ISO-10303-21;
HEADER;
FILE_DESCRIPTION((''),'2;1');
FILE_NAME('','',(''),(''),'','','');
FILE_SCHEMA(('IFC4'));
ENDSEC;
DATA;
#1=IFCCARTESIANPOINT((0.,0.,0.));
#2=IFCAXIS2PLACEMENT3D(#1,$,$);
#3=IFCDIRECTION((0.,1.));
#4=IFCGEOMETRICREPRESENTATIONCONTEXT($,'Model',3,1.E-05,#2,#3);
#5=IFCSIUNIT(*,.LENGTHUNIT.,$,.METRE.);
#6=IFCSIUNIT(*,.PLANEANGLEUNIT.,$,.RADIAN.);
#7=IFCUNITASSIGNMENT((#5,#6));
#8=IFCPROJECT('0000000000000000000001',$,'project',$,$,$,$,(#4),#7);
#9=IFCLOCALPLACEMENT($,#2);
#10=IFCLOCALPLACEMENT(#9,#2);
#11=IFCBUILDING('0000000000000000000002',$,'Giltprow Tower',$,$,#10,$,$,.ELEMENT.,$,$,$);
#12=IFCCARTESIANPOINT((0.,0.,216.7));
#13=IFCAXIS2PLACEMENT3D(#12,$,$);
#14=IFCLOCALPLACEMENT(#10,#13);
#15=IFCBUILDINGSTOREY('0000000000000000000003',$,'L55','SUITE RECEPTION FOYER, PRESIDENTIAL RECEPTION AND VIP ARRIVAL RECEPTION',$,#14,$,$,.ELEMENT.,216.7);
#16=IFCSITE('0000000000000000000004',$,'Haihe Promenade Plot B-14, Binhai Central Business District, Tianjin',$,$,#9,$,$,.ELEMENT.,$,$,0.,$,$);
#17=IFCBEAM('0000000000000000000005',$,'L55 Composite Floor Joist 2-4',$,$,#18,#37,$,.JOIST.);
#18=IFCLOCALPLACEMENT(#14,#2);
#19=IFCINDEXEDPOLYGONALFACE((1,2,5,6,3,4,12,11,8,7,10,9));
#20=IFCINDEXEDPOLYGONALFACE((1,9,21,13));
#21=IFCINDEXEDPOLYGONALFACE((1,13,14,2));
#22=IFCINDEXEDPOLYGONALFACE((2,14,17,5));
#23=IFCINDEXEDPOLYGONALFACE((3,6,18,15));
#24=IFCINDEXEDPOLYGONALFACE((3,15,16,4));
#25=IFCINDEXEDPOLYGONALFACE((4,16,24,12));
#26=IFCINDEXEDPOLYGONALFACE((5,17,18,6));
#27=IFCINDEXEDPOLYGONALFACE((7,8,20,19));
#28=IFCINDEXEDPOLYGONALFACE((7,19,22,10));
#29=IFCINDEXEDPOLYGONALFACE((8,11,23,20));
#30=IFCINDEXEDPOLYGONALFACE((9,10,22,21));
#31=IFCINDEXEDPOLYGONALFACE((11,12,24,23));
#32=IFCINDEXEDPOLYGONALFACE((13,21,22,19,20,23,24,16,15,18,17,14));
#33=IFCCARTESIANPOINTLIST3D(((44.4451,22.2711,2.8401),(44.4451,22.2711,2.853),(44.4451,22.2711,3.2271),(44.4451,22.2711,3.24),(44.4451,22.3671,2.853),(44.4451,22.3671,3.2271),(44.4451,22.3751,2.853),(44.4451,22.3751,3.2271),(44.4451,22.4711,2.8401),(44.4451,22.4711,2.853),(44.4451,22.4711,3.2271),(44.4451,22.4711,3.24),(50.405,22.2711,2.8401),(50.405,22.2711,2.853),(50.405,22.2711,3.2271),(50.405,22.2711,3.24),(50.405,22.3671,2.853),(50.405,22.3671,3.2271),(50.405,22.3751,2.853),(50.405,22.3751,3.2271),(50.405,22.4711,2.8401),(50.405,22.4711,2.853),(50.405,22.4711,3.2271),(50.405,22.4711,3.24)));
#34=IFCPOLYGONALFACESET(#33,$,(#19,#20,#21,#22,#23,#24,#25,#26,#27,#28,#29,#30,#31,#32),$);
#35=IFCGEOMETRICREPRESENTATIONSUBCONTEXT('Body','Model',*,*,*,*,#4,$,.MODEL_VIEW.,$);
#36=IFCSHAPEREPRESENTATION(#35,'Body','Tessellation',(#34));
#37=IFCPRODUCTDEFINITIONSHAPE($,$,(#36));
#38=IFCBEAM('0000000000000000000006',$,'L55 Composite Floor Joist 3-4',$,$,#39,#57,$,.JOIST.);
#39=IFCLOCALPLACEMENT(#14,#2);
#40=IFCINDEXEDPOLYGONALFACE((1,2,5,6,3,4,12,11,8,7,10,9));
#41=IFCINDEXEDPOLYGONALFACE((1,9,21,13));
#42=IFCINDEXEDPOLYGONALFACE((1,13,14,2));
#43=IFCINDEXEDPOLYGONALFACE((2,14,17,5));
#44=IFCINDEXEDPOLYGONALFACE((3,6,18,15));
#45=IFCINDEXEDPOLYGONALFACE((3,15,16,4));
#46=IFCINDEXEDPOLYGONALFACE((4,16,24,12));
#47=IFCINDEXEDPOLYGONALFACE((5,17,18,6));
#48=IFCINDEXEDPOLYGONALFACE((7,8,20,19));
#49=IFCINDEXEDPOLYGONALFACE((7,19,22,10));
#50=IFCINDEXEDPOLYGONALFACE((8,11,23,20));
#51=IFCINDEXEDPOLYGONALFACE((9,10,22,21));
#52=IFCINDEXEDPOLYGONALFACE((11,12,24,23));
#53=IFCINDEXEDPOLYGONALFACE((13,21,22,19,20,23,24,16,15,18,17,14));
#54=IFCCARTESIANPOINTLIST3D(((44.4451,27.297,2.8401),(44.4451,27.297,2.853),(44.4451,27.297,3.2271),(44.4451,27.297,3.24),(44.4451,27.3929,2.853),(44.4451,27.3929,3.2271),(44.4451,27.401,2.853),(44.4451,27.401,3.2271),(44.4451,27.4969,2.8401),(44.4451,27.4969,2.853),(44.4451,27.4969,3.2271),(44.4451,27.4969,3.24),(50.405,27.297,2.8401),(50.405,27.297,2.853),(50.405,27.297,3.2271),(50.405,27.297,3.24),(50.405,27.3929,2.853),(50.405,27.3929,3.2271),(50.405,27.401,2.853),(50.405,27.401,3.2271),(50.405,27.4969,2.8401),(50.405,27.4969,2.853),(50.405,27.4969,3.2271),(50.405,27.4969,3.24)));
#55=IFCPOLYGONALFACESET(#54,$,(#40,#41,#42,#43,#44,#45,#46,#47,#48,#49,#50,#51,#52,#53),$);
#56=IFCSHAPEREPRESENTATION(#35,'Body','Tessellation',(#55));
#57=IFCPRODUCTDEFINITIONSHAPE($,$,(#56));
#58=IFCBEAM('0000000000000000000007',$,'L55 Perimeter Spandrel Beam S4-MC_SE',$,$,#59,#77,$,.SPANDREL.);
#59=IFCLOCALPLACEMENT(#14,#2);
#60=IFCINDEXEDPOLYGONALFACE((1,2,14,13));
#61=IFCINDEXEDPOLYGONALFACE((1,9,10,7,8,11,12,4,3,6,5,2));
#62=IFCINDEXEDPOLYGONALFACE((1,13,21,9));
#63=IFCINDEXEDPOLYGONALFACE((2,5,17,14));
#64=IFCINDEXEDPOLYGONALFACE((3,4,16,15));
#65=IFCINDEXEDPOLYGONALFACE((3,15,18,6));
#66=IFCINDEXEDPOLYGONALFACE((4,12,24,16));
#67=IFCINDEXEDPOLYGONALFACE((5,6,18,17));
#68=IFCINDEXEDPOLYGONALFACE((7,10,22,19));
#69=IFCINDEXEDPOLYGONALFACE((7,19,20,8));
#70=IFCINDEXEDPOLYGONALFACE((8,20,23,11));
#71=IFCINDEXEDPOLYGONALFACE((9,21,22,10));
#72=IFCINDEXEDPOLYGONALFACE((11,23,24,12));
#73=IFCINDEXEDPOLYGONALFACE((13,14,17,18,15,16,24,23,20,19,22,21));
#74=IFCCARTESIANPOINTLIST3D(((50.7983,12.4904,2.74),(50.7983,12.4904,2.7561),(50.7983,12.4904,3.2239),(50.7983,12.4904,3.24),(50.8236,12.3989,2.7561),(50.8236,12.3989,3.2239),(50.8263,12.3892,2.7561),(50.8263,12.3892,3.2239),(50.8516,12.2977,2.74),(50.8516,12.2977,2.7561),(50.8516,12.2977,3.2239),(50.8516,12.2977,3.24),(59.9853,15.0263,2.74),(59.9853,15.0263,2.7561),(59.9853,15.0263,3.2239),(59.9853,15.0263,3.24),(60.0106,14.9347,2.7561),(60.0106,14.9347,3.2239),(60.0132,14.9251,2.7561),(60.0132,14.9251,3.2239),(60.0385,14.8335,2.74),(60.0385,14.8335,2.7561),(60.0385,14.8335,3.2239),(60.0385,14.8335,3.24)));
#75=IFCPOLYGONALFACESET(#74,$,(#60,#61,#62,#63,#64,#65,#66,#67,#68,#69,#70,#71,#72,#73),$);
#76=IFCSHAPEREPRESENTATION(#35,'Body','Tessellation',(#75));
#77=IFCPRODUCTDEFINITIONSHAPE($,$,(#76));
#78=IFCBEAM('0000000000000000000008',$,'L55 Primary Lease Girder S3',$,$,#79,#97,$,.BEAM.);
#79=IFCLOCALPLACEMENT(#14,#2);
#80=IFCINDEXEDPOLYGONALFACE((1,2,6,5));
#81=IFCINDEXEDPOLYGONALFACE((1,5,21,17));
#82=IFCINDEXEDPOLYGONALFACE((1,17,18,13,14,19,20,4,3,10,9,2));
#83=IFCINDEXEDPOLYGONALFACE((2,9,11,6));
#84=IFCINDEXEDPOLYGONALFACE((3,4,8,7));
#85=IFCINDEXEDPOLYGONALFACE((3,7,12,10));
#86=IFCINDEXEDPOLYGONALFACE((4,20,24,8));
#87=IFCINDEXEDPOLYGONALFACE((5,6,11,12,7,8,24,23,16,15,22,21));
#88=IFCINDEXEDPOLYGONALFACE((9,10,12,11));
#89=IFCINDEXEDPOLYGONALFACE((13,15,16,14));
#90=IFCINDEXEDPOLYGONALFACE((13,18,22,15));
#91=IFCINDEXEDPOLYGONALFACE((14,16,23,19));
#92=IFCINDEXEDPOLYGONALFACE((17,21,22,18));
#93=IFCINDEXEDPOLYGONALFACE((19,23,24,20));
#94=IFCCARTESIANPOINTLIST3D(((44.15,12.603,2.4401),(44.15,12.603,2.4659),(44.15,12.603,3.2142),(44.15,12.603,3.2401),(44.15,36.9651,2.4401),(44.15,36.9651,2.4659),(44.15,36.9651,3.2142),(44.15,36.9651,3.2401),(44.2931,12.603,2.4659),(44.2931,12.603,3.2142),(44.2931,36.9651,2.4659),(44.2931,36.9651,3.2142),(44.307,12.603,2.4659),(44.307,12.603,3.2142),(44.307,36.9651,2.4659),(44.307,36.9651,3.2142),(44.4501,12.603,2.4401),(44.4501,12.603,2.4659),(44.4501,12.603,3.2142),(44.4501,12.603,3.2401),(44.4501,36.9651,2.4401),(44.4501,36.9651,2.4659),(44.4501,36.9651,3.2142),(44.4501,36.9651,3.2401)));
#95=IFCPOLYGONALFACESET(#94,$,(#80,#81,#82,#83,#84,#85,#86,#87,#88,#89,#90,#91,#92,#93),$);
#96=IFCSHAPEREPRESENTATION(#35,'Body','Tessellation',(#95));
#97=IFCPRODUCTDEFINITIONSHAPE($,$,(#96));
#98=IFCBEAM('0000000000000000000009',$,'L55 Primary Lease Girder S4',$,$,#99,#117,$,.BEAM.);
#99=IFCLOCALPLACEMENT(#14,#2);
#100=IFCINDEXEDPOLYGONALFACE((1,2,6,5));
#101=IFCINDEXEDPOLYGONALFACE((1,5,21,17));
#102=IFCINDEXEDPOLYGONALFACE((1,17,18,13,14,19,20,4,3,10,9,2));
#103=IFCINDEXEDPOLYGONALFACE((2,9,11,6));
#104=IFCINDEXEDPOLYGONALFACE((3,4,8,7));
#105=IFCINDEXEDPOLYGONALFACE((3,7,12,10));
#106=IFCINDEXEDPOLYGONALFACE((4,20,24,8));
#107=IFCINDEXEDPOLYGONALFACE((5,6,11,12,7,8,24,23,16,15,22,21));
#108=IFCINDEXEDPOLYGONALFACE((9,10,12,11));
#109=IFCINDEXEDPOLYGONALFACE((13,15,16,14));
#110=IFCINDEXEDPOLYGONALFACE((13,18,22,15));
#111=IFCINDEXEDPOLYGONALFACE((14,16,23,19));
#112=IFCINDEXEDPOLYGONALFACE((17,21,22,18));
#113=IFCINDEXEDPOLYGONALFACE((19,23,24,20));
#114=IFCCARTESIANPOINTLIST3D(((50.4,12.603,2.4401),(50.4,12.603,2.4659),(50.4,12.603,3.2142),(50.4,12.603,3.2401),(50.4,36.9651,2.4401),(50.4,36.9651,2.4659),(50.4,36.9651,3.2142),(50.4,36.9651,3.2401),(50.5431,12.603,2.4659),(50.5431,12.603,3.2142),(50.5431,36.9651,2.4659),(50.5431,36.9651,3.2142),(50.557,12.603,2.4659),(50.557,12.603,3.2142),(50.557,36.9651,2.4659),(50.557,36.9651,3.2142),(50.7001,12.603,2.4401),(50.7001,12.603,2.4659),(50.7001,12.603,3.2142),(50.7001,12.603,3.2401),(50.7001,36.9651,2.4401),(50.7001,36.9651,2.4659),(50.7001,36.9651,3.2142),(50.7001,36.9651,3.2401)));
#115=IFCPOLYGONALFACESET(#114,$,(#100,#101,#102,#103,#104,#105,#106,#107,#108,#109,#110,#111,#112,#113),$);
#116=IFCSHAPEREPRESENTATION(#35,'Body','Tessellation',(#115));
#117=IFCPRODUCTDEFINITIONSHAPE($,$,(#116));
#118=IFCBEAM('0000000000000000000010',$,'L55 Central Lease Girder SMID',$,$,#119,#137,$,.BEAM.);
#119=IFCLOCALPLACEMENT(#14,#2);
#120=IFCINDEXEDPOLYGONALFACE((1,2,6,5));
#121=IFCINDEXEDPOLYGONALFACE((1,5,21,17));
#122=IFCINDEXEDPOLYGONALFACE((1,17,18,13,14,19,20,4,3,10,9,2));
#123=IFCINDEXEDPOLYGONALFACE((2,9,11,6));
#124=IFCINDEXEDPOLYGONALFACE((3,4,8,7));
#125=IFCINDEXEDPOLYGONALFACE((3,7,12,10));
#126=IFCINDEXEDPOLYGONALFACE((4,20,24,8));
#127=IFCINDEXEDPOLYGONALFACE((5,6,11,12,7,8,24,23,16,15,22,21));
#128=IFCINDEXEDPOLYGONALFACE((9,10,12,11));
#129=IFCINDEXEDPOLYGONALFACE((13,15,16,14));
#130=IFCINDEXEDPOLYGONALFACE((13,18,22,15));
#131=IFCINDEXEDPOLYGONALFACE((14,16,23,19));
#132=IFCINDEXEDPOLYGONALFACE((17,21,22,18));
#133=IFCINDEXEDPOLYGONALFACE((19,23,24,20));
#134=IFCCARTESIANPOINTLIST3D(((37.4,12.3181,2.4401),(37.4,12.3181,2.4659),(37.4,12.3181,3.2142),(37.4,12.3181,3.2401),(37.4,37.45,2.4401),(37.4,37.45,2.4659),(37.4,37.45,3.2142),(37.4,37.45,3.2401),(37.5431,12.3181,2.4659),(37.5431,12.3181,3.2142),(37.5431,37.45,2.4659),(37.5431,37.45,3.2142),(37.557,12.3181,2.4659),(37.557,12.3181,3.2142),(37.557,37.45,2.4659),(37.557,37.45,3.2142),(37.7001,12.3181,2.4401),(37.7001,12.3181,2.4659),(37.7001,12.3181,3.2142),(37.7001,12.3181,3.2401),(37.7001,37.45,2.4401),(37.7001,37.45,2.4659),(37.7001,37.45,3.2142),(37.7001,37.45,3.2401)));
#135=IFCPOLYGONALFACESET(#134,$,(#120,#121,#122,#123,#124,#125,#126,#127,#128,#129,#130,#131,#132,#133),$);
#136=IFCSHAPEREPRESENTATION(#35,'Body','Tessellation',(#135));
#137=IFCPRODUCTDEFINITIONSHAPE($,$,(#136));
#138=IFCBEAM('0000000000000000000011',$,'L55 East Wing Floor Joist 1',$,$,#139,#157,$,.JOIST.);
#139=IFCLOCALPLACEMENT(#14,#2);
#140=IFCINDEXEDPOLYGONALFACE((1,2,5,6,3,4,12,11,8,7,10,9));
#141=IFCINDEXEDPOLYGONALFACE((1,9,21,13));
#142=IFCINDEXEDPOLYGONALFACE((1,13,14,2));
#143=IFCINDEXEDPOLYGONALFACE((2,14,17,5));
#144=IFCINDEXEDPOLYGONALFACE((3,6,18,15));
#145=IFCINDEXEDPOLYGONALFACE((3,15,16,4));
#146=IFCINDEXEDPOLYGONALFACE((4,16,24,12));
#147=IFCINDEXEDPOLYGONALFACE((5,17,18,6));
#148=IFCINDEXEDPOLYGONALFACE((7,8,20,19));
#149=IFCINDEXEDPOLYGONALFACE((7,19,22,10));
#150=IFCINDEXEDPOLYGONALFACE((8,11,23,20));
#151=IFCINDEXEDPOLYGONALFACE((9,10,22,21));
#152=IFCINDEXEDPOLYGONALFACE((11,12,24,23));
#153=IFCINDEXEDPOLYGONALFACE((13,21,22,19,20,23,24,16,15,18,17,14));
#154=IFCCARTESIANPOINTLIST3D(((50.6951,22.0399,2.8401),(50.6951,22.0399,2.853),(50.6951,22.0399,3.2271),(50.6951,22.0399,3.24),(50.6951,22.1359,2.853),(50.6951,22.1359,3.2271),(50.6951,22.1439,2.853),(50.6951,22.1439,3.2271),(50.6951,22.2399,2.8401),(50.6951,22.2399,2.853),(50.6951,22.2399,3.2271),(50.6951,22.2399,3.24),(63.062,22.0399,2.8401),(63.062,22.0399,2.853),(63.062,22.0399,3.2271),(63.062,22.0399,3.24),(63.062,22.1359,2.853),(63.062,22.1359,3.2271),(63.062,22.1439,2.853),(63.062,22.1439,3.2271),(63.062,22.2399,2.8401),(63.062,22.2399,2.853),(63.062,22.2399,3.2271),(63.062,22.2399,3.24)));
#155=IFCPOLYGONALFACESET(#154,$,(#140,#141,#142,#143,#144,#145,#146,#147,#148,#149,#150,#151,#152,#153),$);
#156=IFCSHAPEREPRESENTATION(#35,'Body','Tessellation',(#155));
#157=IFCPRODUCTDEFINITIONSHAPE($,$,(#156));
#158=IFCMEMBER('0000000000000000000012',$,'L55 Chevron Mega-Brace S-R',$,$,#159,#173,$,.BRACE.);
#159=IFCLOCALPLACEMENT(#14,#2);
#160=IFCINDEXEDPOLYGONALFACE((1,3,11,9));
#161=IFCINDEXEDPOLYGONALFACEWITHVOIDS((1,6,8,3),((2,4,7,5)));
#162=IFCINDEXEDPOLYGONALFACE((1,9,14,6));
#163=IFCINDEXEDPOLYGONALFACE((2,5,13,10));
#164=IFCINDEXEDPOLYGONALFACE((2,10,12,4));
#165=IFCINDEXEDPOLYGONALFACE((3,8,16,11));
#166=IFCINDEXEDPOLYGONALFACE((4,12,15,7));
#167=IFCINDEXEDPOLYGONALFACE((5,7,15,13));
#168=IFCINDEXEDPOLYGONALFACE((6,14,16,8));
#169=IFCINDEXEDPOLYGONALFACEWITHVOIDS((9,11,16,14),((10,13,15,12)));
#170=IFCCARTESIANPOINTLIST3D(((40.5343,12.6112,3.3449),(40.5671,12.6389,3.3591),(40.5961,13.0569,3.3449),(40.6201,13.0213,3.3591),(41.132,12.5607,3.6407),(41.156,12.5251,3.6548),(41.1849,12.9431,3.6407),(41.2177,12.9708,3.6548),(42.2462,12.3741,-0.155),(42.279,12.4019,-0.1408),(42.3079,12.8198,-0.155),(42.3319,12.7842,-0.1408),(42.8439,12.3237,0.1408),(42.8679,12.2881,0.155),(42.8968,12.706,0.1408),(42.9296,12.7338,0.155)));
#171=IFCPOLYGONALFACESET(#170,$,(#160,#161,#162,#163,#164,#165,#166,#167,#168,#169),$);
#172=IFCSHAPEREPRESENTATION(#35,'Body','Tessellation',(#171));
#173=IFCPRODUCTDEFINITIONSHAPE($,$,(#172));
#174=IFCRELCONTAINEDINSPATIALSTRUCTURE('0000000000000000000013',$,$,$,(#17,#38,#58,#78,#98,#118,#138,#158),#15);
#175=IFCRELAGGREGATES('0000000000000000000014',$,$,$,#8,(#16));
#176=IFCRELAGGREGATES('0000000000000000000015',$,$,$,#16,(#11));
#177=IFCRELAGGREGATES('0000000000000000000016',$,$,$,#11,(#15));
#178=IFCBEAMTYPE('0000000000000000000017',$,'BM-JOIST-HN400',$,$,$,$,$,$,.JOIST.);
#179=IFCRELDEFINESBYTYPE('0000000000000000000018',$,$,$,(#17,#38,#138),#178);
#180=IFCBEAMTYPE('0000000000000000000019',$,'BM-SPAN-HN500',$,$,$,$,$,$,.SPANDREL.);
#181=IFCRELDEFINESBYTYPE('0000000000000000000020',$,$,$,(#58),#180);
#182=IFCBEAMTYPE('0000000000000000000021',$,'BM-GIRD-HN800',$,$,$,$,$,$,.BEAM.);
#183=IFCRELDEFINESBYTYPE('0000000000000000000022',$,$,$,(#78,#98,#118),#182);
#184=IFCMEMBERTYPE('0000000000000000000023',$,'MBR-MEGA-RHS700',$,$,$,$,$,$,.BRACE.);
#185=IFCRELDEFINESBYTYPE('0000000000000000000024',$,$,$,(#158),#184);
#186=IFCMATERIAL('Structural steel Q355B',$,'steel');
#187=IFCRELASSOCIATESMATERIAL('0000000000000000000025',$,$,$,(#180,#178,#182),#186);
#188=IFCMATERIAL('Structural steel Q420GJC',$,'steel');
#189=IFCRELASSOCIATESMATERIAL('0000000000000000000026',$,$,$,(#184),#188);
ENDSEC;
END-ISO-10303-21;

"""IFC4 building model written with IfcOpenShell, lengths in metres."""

from ifc_helpers import new_model, si_unit, direction, frame, origin, origin_2d, place, context, subcontext, project, spatial, hollow_rectangle, i_section, extrude, source, transform, mapped, material, material_profile, profile_set, type_object, element, save


model = new_model("IFC4")

# Units and contexts
model_context = context("Model", 3, precision=1e-05, world=origin(), true_north=direction((0.0, 1.0)))
body_context = subcontext(model_context, "Body", "Model", "MODEL_VIEW")
ifc_project = project(units=[si_unit("LENGTHUNIT", "METRE"), si_unit("PLANEANGLEUNIT", "RADIAN")], contexts=[model_context])

# Site, building, storey
site_placement = place(None, origin())
site = spatial("IfcSite", under=ifc_project, at=site_placement, Name="Haihe Promenade Plot B-14, Binhai Central Business District, Tianjin", CompositionType="ELEMENT", RefElevation=0.0)
building_placement = place(site_placement, origin())
building = spatial("IfcBuilding", under=site, at=building_placement, Name="Giltprow Tower", CompositionType="ELEMENT")
storey_placement = place(building_placement, frame((0.0, 0.0, 216.7)))
storey = spatial("IfcBuildingStorey", under=building, at=storey_placement, Name="L55", Description="SUITE RECEPTION FOYER, PRESIDENTIAL RECEPTION AND VIP ARRIVAL RECEPTION", CompositionType="ELEMENT", Elevation=216.7)

# Shared definitions
ifc_material_1 = material(Name="Structural steel Q355B", Category="steel")

# Beams
ifc_material_profile_1 = material_profile(ifc_material_1, i_section(OverallWidth=0.2, OverallDepth=0.5, WebThickness=0.01, FlangeThickness=0.0161, at=origin_2d()), Name="HN 500x200x10x16")
ifc_profile_set_1 = profile_set([ifc_material_profile_1], Name="Structural steel Q355B")
beam_type_1 = type_object("IfcBeamType", Name="BM-SPAN-HN500", PredefinedType="SPANDREL", material=ifc_profile_set_1)
ifc_material_profile_2 = material_profile(ifc_material_1, i_section(OverallWidth=0.2, OverallDepth=0.3999, WebThickness=0.0081, FlangeThickness=0.0129, at=origin_2d()), Name="HN 400x200x8x13")
ifc_profile_set_2 = profile_set([ifc_material_profile_2], Name="Structural steel Q355B")
beam_type_2 = type_object("IfcBeamType", Name="BM-JOIST-HN400", PredefinedType="JOIST", material=ifc_profile_set_2)
shared_shape_1 = source(origin(), body_context, "Body", "SweptSolid", [
    extrude(i_section(OverallWidth=0.2, OverallDepth=0.3999, WebThickness=0.0081, FlangeThickness=0.0129, at=origin_2d()), origin(), (0.0, 0.0, 1.0), 5.96),
])
for number, where, z_axis, x_axis, name in (
    (1, (44.4451, 22.3711, 3.04), (1.0, 0.0, 0.0), (0.0, 1.0, 0.0), "L55 Composite Floor Joist 2-4"),
    (2, (44.4451, 27.397, 3.04), (1.0, 0.0, 0.0), (0.0, 1.0, 0.0), "L55 Composite Floor Joist 3-4"),
):
    element("IfcBeam", number, at=place(storey_placement, frame(where, z_axis=z_axis, x_axis=x_axis)), inside=storey, type_object=beam_type_2, Name=name, PredefinedType="JOIST", context=body_context, shape_type="MappedRepresentation", body=[
        mapped(shared_shape_1, transform((0.0, 0.0, 0.0), x_axis=(1.0, 0.0, 0.0), y_axis=(0.0, 1.0, 0.0), z_axis=(0.0, 0.0, 1.0), scale=1.0)),
    ])
shared_shape_2 = source(origin(), body_context, "Body", "SweptSolid", [
    extrude(i_section(OverallWidth=0.2, OverallDepth=0.5, WebThickness=0.01, FlangeThickness=0.0161, at=origin_2d()), origin(), (0.0, 0.0, 1.0), 9.5305),
])
beam_1_placement = place(storey_placement, frame((50.825, 12.394, 2.99), z_axis=(0.963951, 0.266079, 0.0), x_axis=(-0.266079, 0.963951, 0.0)))
element("IfcBeam", 3, at=beam_1_placement, inside=storey, type_object=beam_type_1, Name="L55 Perimeter Spandrel Beam S4-MC_SE", PredefinedType="SPANDREL", context=body_context, shape_type="MappedRepresentation", body=[
    mapped(shared_shape_2, transform((0.0, 0.0, 0.0), x_axis=(1.0, 0.0, 0.0), y_axis=(0.0, 1.0, 0.0), z_axis=(0.0, 0.0, 1.0), scale=1.0)),
])
ifc_material_profile_3 = material_profile(ifc_material_1, i_section(OverallWidth=0.3, OverallDepth=0.8, WebThickness=0.0139, FlangeThickness=0.0259, at=origin_2d()), Name="HN 800x300x14x26")
ifc_profile_set_3 = profile_set([ifc_material_profile_3], Name="Structural steel Q355B")
beam_type_3 = type_object("IfcBeamType", Name="BM-GIRD-HN800", PredefinedType="BEAM", material=ifc_profile_set_3)
shared_shape_3 = source(origin(), body_context, "Body", "SweptSolid", [
    extrude(i_section(OverallWidth=0.3, OverallDepth=0.8, WebThickness=0.0139, FlangeThickness=0.0259, at=origin_2d()), origin(), (0.0, 0.0, 1.0), 24.3621),
])
for number, where, z_axis, x_axis, name in (
    (4, (44.3, 12.603, 2.8401), (0.0, 1.0, 0.0), (-1.0, 0.0, 0.0), "L55 Primary Lease Girder S3"),
    (5, (50.55, 12.603, 2.8401), (0.0, 1.0, 0.0), (-1.0, 0.0, 0.0), "L55 Primary Lease Girder S4"),
):
    element("IfcBeam", number, at=place(storey_placement, frame(where, z_axis=z_axis, x_axis=x_axis)), inside=storey, type_object=beam_type_3, Name=name, PredefinedType="BEAM", context=body_context, shape_type="MappedRepresentation", body=[
        mapped(shared_shape_3, transform((0.0, 0.0, 0.0), x_axis=(1.0, 0.0, 0.0), y_axis=(0.0, 1.0, 0.0), z_axis=(0.0, 0.0, 1.0), scale=1.0)),
    ])
shared_shape_4 = source(origin(), body_context, "Body", "SweptSolid", [
    extrude(i_section(OverallWidth=0.3, OverallDepth=0.8, WebThickness=0.0139, FlangeThickness=0.0259, at=origin_2d()), origin(), (0.0, 0.0, 1.0), 25.1318),
])
beam_2_placement = place(storey_placement, frame((37.55, 12.3181, 2.8401), z_axis=(0.0, 1.0, 0.0), x_axis=(-1.0, 0.0, 0.0)))
element("IfcBeam", 6, at=beam_2_placement, inside=storey, type_object=beam_type_3, Name="L55 Central Lease Girder SMID", PredefinedType="BEAM", context=body_context, shape_type="MappedRepresentation", body=[
    mapped(shared_shape_4, transform((0.0, 0.0, 0.0), x_axis=(1.0, 0.0, 0.0), y_axis=(0.0, 1.0, 0.0), z_axis=(0.0, 0.0, 1.0), scale=1.0)),
])
shared_shape_5 = source(origin(), body_context, "Body", "SweptSolid", [
    extrude(i_section(OverallWidth=0.2, OverallDepth=0.3999, WebThickness=0.0081, FlangeThickness=0.0129, at=origin_2d()), origin(), (0.0, 0.0, 1.0), 12.3669),
])
beam_3_placement = place(storey_placement, frame((50.6951, 22.1399, 3.04), z_axis=(1.0, 0.0, 0.0), x_axis=(0.0, 1.0, 0.0)))
element("IfcBeam", 7, at=beam_3_placement, inside=storey, type_object=beam_type_2, Name="L55 East Wing Floor Joist 1", PredefinedType="JOIST", context=body_context, shape_type="MappedRepresentation", body=[
    mapped(shared_shape_5, transform((0.0, 0.0, 0.0), x_axis=(1.0, 0.0, 0.0), y_axis=(0.0, 1.0, 0.0), z_axis=(0.0, 0.0, 1.0), scale=1.0)),
])

# Member
ifc_material_2 = material(Name="Structural steel Q420GJC", Category="steel")
ifc_material_profile_4 = material_profile(ifc_material_2, hollow_rectangle(XDim=0.45, YDim=0.7, WallThickness=0.032, at=origin_2d()), Name="RHS 700x450x32")
ifc_profile_set_4 = profile_set([ifc_material_profile_4], Name="Structural steel Q420GJC")
member_type_1 = type_object("IfcMemberType", Name="MBR-MEGA-RHS700", PredefinedType="BRACE", material=ifc_profile_set_4)
shared_shape_6 = source(origin(), body_context, "Body", "SweptSolid", [
    extrude(hollow_rectangle(XDim=0.45, YDim=0.7, WallThickness=0.032, at=origin_2d()), origin(), (0.0, 0.0, 1.0), 3.9033),
])
member_1_placement = place(storey_placement, frame((42.5879, 12.554, 0.0), z_axis=(-0.438565, 0.060731, 0.896645), x_axis=(-0.137168, -0.990548, 0.0)))
element("IfcMember", 8, at=member_1_placement, inside=storey, type_object=member_type_1, Name="L55 Chevron Mega-Brace S-R", PredefinedType="BRACE", context=body_context, shape_type="MappedRepresentation", body=[
    mapped(shared_shape_6, transform((0.0, 0.0, 0.0), x_axis=(1.0, 0.0, 0.0), y_axis=(0.0, 1.0, 0.0), z_axis=(0.0, 0.0, 1.0), scale=1.0)),
])

save(model, "model.ifc")
